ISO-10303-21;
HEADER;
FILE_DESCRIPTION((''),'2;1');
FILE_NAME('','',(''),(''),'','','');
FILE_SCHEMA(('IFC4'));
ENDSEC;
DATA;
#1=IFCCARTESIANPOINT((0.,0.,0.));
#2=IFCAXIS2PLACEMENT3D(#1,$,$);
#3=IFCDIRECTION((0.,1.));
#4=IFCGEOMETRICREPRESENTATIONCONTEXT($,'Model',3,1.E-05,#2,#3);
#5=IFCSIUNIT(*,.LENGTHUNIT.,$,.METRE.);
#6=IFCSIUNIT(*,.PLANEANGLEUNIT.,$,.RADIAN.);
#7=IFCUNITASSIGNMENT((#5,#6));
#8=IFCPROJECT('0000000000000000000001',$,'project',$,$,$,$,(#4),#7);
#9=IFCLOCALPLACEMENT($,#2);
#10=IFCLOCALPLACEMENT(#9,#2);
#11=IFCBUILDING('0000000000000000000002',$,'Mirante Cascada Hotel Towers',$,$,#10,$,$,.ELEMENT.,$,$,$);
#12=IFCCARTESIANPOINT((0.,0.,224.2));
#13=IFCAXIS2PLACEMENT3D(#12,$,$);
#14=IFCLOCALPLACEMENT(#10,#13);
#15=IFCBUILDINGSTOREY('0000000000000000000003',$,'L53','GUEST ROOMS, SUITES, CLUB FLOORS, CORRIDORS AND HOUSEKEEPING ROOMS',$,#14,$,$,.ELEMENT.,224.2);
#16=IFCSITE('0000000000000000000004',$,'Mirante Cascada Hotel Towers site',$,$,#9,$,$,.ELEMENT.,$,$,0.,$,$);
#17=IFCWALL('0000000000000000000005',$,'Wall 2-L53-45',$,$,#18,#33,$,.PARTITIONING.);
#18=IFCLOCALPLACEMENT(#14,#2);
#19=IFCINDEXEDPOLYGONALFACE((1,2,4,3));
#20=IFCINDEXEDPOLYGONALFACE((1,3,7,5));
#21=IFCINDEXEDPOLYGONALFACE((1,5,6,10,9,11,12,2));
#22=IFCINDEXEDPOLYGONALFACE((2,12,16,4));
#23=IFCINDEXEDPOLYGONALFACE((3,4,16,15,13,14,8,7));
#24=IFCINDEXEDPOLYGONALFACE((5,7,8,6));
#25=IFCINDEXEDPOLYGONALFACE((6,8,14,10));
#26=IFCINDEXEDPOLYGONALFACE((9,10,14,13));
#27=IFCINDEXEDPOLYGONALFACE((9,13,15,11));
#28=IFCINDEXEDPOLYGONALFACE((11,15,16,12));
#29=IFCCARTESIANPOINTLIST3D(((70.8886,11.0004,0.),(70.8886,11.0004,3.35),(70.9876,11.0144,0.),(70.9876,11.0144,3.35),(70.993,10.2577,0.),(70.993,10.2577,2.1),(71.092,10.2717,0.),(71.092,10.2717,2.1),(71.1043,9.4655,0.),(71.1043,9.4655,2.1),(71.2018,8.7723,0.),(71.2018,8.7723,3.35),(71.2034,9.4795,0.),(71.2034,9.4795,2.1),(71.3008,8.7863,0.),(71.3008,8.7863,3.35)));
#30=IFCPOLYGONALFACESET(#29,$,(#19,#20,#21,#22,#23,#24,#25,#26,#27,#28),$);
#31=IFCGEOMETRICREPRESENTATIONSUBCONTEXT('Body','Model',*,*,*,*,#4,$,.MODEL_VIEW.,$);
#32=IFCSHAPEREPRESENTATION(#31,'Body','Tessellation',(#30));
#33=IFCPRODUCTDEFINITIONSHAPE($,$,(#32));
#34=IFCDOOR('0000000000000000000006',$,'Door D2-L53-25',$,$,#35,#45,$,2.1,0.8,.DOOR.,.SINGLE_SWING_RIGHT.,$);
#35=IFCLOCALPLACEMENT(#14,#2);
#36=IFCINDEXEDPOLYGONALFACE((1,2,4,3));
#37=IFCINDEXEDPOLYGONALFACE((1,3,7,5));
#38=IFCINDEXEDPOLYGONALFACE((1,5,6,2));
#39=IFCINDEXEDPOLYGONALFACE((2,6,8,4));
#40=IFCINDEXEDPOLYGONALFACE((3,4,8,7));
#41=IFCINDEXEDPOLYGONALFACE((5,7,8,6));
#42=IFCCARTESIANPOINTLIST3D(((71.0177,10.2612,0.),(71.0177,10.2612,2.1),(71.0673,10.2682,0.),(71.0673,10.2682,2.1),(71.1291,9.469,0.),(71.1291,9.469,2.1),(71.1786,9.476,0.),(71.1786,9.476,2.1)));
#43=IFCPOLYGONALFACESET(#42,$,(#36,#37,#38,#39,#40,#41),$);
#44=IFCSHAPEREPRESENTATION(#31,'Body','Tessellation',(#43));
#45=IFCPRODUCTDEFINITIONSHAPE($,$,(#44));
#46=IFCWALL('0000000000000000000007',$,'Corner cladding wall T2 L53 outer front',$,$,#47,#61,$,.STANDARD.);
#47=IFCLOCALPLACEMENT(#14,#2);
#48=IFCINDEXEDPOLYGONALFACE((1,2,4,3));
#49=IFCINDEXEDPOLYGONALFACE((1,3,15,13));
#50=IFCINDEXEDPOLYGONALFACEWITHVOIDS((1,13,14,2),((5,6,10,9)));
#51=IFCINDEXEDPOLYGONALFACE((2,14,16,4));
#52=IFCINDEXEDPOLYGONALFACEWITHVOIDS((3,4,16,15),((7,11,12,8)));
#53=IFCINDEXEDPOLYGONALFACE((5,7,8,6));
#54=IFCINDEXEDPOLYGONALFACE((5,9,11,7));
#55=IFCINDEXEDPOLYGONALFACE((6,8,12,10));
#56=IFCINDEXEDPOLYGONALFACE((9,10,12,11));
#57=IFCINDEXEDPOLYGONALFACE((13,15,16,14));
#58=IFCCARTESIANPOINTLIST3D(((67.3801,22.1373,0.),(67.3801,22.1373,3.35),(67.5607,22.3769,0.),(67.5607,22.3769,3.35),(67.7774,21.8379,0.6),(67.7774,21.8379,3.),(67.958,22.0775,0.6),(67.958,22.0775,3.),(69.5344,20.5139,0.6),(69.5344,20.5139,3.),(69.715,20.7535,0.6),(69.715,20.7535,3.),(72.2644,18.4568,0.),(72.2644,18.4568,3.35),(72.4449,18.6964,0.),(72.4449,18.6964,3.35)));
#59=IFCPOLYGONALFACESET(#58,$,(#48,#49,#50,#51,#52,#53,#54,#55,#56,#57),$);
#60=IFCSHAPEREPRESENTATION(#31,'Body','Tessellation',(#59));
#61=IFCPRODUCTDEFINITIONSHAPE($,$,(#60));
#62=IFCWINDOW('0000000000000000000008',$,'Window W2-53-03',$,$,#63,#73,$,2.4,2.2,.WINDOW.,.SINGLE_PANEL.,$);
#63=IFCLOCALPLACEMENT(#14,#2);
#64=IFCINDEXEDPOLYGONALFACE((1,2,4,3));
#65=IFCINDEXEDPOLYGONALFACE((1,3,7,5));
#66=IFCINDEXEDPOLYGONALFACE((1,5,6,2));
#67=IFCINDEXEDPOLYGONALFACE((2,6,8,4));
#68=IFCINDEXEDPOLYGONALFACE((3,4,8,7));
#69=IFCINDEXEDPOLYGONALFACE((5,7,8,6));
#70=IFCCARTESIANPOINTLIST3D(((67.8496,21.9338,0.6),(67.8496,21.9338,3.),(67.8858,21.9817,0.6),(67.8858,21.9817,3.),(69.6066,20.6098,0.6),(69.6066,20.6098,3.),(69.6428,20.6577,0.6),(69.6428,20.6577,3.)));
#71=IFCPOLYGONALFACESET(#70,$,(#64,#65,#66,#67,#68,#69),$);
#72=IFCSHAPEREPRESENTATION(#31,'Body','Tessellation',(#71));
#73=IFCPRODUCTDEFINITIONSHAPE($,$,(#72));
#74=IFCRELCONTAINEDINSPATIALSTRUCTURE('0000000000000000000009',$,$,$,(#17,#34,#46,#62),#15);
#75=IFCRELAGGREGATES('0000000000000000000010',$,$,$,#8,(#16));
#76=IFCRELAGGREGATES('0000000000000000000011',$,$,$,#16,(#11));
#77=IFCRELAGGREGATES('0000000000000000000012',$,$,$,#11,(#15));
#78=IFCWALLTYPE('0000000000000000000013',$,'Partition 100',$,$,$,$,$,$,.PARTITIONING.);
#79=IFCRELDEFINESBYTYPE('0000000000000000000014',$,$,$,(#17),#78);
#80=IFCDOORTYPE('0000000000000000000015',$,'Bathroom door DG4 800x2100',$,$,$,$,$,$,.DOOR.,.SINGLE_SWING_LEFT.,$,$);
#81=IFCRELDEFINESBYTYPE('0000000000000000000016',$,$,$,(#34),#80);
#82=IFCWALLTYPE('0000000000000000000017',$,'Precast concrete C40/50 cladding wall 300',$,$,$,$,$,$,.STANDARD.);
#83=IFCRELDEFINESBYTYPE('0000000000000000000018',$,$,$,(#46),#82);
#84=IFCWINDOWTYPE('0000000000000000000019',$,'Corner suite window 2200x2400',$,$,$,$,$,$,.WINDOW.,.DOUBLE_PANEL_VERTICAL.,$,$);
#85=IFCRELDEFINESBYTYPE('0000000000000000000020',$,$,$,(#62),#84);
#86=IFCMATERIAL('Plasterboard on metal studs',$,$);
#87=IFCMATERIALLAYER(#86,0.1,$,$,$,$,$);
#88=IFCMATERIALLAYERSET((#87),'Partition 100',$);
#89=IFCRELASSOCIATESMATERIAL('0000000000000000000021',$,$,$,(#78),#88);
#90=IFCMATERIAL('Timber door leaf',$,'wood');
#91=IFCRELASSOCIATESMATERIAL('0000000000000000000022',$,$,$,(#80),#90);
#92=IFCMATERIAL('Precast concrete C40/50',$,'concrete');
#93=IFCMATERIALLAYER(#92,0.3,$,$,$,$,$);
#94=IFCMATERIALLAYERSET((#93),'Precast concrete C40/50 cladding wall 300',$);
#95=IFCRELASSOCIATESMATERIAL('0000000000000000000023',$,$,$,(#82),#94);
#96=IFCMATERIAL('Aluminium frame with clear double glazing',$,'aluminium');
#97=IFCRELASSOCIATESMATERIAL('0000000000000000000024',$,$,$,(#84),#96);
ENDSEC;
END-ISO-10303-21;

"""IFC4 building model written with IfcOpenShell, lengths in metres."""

from ifc_helpers import new_model, si_unit, direction, frame, frame_2d, origin, place, context, subcontext, project, spatial, rectangle, extrude, material, layer, layer_set, type_object, element, fill, save


model = new_model("IFC4")

# Units and contexts
model_context = context("Model", 3, precision=1e-05, world=origin(), true_north=direction((0.0, 1.0)))
body_context = subcontext(model_context, "Body", "Model", "MODEL_VIEW")
ifc_project = project(units=[si_unit("LENGTHUNIT", "METRE"), si_unit("PLANEANGLEUNIT", "RADIAN")], contexts=[model_context])

# Site, building, storey
site_placement = place(None, origin())
site = spatial("IfcSite", under=ifc_project, at=site_placement, Name="Mirante Cascada Hotel Towers site", CompositionType="ELEMENT", RefElevation=0.0)
building_placement = place(site_placement, origin())
building = spatial("IfcBuilding", under=site, at=building_placement, Name="Mirante Cascada Hotel Towers", CompositionType="ELEMENT")
storey_placement = place(building_placement, frame((0.0, 0.0, 224.2)))
storey = spatial("IfcBuildingStorey", under=building, at=storey_placement, Name="L53", Description="GUEST ROOMS, SUITES, CLUB FLOORS, CORRIDORS AND HOUSEKEEPING ROOMS", CompositionType="ELEMENT", Elevation=224.2)

# Shared definitions
ifc_material_1 = material(Name="Plasterboard on metal studs")
ifc_layer_1 = layer(ifc_material_1, 0.1)
ifc_layer_set_1 = layer_set([ifc_layer_1], Name="Partition 100")
wall_type_1 = type_object("IfcWallType", Name="Partition 100", PredefinedType="PARTITIONING", material=ifc_layer_set_1)

# Shared definitions
ifc_material_2 = material(Name="Timber door leaf", Category="wood")
door_type_1 = type_object("IfcDoorType", Name="Bathroom door DG4 800x2100", OperationType="SINGLE_SWING_LEFT", PredefinedType="DOOR", material=ifc_material_2)

# Wall, opening, door
wall_1_placement = place(storey_placement, frame((70.9381, 11.0074, 0.0), z_axis=(0.0, 0.0, 1.0), x_axis=(0.1392, -0.990264, 0.0)))
wall_1 = element("IfcWall", 1, at=wall_1_placement, inside=storey, type_object=wall_type_1, Name="Wall 2-L53-45", PredefinedType="PARTITIONING", context=body_context, shape_type="SweptSolid", body=[
    extrude(rectangle(XDim=2.25, YDim=0.1, at=frame_2d((1.125, 0.0))), origin(), (0.0, 0.0, 1.0), 3.35),
])
opening_1_placement = place(wall_1_placement, frame((0.75, 0.0, 0.0)))
opening_1 = element("IfcOpeningElement", 2, at=opening_1_placement, cuts=wall_1, PredefinedType="OPENING", context=body_context, shape_type="SweptSolid", body=[
    extrude(rectangle(XDim=0.8, YDim=2.1, at=frame_2d((0.4, 1.05))), frame((0.0, 0.05, 0.0), z_axis=(0.0, -1.0, 0.0), x_axis=(1.0, 0.0, 0.0)), (0.0, 0.0, 1.0), 0.1),
])
door_1_placement = place(opening_1_placement, frame((0.8, 0.0, 0.0), z_axis=(0.0, 0.0, 1.0), x_axis=(-1.0, 0.0, 0.0)))
door_1 = element("IfcDoor", 3, at=door_1_placement, inside=storey, type_object=door_type_1, Name="Door D2-L53-25", OperationType="SINGLE_SWING_RIGHT", OverallHeight=2.1, OverallWidth=0.8, PredefinedType="DOOR", context=body_context, shape_type="SweptSolid", body=[
    extrude(rectangle(XDim=0.8, YDim=2.1, at=frame_2d((0.4, 1.05))), frame((0.0, 0.025, 0.0), z_axis=(0.0, -1.0, 0.0), x_axis=(1.0, 0.0, 0.0)), (0.0, 0.0, 1.0), 0.05),
])
fill(opening_1, door_1)

# Wall, opening, window
ifc_material_3 = material(Name="Precast concrete C40/50", Category="concrete")
ifc_layer_2 = layer(ifc_material_3, 0.3)
ifc_layer_set_2 = layer_set([ifc_layer_2], Name="Precast concrete C40/50 cladding wall 300")
wall_type_2 = type_object("IfcWallType", Name="Precast concrete C40/50 cladding wall 300", PredefinedType="STANDARD", material=ifc_layer_set_2)
wall_2_placement = place(storey_placement, frame((72.3546, 18.5766, 0.0), z_axis=(0.0, 0.0, 1.0), x_axis=(-0.798636, 0.601814, 0.0)))
wall_2 = element("IfcWall", 4, at=wall_2_placement, inside=storey, type_object=wall_type_2, Name="Corner cladding wall T2 L53 outer front", PredefinedType="STANDARD", context=body_context, shape_type="SweptSolid", body=[
    extrude(rectangle(XDim=6.1157, YDim=0.3, at=frame_2d((3.0578, 0.0))), origin(), (0.0, 0.0, 1.0), 3.35),
])
opening_2_placement = place(wall_2_placement, frame((3.4182, 0.0, 0.6)))
opening_2 = element("IfcOpeningElement", 5, at=opening_2_placement, cuts=wall_2, PredefinedType="OPENING", context=body_context, shape_type="SweptSolid", body=[
    extrude(rectangle(XDim=2.2, YDim=2.4, at=frame_2d((1.1, 1.2))), frame((0.0, 0.15, 0.0), z_axis=(0.0, -1.0, 0.0), x_axis=(1.0, 0.0, 0.0)), (0.0, 0.0, 1.0), 0.3),
])
ifc_material_4 = material(Name="Aluminium frame with clear double glazing", Category="aluminium")
window_type = type_object("IfcWindowType", Name="Corner suite window 2200x2400", PartitioningType="DOUBLE_PANEL_VERTICAL", PredefinedType="WINDOW", material=ifc_material_4)
window_placement = place(opening_2_placement, origin())
window = element("IfcWindow", 6, at=window_placement, inside=storey, type_object=window_type, Name="Window W2-53-03", OverallHeight=2.4, OverallWidth=2.2, PartitioningType="SINGLE_PANEL", PredefinedType="WINDOW", context=body_context, shape_type="SweptSolid", body=[
    extrude(rectangle(XDim=2.2, YDim=2.4, at=frame_2d((1.1, 1.2))), frame((0.0, 0.03, 0.0), z_axis=(0.0, -1.0, 0.0), x_axis=(1.0, 0.0, 0.0)), (0.0, 0.0, 1.0), 0.06),
])
fill(opening_2, window)

save(model, "model.ifc")
